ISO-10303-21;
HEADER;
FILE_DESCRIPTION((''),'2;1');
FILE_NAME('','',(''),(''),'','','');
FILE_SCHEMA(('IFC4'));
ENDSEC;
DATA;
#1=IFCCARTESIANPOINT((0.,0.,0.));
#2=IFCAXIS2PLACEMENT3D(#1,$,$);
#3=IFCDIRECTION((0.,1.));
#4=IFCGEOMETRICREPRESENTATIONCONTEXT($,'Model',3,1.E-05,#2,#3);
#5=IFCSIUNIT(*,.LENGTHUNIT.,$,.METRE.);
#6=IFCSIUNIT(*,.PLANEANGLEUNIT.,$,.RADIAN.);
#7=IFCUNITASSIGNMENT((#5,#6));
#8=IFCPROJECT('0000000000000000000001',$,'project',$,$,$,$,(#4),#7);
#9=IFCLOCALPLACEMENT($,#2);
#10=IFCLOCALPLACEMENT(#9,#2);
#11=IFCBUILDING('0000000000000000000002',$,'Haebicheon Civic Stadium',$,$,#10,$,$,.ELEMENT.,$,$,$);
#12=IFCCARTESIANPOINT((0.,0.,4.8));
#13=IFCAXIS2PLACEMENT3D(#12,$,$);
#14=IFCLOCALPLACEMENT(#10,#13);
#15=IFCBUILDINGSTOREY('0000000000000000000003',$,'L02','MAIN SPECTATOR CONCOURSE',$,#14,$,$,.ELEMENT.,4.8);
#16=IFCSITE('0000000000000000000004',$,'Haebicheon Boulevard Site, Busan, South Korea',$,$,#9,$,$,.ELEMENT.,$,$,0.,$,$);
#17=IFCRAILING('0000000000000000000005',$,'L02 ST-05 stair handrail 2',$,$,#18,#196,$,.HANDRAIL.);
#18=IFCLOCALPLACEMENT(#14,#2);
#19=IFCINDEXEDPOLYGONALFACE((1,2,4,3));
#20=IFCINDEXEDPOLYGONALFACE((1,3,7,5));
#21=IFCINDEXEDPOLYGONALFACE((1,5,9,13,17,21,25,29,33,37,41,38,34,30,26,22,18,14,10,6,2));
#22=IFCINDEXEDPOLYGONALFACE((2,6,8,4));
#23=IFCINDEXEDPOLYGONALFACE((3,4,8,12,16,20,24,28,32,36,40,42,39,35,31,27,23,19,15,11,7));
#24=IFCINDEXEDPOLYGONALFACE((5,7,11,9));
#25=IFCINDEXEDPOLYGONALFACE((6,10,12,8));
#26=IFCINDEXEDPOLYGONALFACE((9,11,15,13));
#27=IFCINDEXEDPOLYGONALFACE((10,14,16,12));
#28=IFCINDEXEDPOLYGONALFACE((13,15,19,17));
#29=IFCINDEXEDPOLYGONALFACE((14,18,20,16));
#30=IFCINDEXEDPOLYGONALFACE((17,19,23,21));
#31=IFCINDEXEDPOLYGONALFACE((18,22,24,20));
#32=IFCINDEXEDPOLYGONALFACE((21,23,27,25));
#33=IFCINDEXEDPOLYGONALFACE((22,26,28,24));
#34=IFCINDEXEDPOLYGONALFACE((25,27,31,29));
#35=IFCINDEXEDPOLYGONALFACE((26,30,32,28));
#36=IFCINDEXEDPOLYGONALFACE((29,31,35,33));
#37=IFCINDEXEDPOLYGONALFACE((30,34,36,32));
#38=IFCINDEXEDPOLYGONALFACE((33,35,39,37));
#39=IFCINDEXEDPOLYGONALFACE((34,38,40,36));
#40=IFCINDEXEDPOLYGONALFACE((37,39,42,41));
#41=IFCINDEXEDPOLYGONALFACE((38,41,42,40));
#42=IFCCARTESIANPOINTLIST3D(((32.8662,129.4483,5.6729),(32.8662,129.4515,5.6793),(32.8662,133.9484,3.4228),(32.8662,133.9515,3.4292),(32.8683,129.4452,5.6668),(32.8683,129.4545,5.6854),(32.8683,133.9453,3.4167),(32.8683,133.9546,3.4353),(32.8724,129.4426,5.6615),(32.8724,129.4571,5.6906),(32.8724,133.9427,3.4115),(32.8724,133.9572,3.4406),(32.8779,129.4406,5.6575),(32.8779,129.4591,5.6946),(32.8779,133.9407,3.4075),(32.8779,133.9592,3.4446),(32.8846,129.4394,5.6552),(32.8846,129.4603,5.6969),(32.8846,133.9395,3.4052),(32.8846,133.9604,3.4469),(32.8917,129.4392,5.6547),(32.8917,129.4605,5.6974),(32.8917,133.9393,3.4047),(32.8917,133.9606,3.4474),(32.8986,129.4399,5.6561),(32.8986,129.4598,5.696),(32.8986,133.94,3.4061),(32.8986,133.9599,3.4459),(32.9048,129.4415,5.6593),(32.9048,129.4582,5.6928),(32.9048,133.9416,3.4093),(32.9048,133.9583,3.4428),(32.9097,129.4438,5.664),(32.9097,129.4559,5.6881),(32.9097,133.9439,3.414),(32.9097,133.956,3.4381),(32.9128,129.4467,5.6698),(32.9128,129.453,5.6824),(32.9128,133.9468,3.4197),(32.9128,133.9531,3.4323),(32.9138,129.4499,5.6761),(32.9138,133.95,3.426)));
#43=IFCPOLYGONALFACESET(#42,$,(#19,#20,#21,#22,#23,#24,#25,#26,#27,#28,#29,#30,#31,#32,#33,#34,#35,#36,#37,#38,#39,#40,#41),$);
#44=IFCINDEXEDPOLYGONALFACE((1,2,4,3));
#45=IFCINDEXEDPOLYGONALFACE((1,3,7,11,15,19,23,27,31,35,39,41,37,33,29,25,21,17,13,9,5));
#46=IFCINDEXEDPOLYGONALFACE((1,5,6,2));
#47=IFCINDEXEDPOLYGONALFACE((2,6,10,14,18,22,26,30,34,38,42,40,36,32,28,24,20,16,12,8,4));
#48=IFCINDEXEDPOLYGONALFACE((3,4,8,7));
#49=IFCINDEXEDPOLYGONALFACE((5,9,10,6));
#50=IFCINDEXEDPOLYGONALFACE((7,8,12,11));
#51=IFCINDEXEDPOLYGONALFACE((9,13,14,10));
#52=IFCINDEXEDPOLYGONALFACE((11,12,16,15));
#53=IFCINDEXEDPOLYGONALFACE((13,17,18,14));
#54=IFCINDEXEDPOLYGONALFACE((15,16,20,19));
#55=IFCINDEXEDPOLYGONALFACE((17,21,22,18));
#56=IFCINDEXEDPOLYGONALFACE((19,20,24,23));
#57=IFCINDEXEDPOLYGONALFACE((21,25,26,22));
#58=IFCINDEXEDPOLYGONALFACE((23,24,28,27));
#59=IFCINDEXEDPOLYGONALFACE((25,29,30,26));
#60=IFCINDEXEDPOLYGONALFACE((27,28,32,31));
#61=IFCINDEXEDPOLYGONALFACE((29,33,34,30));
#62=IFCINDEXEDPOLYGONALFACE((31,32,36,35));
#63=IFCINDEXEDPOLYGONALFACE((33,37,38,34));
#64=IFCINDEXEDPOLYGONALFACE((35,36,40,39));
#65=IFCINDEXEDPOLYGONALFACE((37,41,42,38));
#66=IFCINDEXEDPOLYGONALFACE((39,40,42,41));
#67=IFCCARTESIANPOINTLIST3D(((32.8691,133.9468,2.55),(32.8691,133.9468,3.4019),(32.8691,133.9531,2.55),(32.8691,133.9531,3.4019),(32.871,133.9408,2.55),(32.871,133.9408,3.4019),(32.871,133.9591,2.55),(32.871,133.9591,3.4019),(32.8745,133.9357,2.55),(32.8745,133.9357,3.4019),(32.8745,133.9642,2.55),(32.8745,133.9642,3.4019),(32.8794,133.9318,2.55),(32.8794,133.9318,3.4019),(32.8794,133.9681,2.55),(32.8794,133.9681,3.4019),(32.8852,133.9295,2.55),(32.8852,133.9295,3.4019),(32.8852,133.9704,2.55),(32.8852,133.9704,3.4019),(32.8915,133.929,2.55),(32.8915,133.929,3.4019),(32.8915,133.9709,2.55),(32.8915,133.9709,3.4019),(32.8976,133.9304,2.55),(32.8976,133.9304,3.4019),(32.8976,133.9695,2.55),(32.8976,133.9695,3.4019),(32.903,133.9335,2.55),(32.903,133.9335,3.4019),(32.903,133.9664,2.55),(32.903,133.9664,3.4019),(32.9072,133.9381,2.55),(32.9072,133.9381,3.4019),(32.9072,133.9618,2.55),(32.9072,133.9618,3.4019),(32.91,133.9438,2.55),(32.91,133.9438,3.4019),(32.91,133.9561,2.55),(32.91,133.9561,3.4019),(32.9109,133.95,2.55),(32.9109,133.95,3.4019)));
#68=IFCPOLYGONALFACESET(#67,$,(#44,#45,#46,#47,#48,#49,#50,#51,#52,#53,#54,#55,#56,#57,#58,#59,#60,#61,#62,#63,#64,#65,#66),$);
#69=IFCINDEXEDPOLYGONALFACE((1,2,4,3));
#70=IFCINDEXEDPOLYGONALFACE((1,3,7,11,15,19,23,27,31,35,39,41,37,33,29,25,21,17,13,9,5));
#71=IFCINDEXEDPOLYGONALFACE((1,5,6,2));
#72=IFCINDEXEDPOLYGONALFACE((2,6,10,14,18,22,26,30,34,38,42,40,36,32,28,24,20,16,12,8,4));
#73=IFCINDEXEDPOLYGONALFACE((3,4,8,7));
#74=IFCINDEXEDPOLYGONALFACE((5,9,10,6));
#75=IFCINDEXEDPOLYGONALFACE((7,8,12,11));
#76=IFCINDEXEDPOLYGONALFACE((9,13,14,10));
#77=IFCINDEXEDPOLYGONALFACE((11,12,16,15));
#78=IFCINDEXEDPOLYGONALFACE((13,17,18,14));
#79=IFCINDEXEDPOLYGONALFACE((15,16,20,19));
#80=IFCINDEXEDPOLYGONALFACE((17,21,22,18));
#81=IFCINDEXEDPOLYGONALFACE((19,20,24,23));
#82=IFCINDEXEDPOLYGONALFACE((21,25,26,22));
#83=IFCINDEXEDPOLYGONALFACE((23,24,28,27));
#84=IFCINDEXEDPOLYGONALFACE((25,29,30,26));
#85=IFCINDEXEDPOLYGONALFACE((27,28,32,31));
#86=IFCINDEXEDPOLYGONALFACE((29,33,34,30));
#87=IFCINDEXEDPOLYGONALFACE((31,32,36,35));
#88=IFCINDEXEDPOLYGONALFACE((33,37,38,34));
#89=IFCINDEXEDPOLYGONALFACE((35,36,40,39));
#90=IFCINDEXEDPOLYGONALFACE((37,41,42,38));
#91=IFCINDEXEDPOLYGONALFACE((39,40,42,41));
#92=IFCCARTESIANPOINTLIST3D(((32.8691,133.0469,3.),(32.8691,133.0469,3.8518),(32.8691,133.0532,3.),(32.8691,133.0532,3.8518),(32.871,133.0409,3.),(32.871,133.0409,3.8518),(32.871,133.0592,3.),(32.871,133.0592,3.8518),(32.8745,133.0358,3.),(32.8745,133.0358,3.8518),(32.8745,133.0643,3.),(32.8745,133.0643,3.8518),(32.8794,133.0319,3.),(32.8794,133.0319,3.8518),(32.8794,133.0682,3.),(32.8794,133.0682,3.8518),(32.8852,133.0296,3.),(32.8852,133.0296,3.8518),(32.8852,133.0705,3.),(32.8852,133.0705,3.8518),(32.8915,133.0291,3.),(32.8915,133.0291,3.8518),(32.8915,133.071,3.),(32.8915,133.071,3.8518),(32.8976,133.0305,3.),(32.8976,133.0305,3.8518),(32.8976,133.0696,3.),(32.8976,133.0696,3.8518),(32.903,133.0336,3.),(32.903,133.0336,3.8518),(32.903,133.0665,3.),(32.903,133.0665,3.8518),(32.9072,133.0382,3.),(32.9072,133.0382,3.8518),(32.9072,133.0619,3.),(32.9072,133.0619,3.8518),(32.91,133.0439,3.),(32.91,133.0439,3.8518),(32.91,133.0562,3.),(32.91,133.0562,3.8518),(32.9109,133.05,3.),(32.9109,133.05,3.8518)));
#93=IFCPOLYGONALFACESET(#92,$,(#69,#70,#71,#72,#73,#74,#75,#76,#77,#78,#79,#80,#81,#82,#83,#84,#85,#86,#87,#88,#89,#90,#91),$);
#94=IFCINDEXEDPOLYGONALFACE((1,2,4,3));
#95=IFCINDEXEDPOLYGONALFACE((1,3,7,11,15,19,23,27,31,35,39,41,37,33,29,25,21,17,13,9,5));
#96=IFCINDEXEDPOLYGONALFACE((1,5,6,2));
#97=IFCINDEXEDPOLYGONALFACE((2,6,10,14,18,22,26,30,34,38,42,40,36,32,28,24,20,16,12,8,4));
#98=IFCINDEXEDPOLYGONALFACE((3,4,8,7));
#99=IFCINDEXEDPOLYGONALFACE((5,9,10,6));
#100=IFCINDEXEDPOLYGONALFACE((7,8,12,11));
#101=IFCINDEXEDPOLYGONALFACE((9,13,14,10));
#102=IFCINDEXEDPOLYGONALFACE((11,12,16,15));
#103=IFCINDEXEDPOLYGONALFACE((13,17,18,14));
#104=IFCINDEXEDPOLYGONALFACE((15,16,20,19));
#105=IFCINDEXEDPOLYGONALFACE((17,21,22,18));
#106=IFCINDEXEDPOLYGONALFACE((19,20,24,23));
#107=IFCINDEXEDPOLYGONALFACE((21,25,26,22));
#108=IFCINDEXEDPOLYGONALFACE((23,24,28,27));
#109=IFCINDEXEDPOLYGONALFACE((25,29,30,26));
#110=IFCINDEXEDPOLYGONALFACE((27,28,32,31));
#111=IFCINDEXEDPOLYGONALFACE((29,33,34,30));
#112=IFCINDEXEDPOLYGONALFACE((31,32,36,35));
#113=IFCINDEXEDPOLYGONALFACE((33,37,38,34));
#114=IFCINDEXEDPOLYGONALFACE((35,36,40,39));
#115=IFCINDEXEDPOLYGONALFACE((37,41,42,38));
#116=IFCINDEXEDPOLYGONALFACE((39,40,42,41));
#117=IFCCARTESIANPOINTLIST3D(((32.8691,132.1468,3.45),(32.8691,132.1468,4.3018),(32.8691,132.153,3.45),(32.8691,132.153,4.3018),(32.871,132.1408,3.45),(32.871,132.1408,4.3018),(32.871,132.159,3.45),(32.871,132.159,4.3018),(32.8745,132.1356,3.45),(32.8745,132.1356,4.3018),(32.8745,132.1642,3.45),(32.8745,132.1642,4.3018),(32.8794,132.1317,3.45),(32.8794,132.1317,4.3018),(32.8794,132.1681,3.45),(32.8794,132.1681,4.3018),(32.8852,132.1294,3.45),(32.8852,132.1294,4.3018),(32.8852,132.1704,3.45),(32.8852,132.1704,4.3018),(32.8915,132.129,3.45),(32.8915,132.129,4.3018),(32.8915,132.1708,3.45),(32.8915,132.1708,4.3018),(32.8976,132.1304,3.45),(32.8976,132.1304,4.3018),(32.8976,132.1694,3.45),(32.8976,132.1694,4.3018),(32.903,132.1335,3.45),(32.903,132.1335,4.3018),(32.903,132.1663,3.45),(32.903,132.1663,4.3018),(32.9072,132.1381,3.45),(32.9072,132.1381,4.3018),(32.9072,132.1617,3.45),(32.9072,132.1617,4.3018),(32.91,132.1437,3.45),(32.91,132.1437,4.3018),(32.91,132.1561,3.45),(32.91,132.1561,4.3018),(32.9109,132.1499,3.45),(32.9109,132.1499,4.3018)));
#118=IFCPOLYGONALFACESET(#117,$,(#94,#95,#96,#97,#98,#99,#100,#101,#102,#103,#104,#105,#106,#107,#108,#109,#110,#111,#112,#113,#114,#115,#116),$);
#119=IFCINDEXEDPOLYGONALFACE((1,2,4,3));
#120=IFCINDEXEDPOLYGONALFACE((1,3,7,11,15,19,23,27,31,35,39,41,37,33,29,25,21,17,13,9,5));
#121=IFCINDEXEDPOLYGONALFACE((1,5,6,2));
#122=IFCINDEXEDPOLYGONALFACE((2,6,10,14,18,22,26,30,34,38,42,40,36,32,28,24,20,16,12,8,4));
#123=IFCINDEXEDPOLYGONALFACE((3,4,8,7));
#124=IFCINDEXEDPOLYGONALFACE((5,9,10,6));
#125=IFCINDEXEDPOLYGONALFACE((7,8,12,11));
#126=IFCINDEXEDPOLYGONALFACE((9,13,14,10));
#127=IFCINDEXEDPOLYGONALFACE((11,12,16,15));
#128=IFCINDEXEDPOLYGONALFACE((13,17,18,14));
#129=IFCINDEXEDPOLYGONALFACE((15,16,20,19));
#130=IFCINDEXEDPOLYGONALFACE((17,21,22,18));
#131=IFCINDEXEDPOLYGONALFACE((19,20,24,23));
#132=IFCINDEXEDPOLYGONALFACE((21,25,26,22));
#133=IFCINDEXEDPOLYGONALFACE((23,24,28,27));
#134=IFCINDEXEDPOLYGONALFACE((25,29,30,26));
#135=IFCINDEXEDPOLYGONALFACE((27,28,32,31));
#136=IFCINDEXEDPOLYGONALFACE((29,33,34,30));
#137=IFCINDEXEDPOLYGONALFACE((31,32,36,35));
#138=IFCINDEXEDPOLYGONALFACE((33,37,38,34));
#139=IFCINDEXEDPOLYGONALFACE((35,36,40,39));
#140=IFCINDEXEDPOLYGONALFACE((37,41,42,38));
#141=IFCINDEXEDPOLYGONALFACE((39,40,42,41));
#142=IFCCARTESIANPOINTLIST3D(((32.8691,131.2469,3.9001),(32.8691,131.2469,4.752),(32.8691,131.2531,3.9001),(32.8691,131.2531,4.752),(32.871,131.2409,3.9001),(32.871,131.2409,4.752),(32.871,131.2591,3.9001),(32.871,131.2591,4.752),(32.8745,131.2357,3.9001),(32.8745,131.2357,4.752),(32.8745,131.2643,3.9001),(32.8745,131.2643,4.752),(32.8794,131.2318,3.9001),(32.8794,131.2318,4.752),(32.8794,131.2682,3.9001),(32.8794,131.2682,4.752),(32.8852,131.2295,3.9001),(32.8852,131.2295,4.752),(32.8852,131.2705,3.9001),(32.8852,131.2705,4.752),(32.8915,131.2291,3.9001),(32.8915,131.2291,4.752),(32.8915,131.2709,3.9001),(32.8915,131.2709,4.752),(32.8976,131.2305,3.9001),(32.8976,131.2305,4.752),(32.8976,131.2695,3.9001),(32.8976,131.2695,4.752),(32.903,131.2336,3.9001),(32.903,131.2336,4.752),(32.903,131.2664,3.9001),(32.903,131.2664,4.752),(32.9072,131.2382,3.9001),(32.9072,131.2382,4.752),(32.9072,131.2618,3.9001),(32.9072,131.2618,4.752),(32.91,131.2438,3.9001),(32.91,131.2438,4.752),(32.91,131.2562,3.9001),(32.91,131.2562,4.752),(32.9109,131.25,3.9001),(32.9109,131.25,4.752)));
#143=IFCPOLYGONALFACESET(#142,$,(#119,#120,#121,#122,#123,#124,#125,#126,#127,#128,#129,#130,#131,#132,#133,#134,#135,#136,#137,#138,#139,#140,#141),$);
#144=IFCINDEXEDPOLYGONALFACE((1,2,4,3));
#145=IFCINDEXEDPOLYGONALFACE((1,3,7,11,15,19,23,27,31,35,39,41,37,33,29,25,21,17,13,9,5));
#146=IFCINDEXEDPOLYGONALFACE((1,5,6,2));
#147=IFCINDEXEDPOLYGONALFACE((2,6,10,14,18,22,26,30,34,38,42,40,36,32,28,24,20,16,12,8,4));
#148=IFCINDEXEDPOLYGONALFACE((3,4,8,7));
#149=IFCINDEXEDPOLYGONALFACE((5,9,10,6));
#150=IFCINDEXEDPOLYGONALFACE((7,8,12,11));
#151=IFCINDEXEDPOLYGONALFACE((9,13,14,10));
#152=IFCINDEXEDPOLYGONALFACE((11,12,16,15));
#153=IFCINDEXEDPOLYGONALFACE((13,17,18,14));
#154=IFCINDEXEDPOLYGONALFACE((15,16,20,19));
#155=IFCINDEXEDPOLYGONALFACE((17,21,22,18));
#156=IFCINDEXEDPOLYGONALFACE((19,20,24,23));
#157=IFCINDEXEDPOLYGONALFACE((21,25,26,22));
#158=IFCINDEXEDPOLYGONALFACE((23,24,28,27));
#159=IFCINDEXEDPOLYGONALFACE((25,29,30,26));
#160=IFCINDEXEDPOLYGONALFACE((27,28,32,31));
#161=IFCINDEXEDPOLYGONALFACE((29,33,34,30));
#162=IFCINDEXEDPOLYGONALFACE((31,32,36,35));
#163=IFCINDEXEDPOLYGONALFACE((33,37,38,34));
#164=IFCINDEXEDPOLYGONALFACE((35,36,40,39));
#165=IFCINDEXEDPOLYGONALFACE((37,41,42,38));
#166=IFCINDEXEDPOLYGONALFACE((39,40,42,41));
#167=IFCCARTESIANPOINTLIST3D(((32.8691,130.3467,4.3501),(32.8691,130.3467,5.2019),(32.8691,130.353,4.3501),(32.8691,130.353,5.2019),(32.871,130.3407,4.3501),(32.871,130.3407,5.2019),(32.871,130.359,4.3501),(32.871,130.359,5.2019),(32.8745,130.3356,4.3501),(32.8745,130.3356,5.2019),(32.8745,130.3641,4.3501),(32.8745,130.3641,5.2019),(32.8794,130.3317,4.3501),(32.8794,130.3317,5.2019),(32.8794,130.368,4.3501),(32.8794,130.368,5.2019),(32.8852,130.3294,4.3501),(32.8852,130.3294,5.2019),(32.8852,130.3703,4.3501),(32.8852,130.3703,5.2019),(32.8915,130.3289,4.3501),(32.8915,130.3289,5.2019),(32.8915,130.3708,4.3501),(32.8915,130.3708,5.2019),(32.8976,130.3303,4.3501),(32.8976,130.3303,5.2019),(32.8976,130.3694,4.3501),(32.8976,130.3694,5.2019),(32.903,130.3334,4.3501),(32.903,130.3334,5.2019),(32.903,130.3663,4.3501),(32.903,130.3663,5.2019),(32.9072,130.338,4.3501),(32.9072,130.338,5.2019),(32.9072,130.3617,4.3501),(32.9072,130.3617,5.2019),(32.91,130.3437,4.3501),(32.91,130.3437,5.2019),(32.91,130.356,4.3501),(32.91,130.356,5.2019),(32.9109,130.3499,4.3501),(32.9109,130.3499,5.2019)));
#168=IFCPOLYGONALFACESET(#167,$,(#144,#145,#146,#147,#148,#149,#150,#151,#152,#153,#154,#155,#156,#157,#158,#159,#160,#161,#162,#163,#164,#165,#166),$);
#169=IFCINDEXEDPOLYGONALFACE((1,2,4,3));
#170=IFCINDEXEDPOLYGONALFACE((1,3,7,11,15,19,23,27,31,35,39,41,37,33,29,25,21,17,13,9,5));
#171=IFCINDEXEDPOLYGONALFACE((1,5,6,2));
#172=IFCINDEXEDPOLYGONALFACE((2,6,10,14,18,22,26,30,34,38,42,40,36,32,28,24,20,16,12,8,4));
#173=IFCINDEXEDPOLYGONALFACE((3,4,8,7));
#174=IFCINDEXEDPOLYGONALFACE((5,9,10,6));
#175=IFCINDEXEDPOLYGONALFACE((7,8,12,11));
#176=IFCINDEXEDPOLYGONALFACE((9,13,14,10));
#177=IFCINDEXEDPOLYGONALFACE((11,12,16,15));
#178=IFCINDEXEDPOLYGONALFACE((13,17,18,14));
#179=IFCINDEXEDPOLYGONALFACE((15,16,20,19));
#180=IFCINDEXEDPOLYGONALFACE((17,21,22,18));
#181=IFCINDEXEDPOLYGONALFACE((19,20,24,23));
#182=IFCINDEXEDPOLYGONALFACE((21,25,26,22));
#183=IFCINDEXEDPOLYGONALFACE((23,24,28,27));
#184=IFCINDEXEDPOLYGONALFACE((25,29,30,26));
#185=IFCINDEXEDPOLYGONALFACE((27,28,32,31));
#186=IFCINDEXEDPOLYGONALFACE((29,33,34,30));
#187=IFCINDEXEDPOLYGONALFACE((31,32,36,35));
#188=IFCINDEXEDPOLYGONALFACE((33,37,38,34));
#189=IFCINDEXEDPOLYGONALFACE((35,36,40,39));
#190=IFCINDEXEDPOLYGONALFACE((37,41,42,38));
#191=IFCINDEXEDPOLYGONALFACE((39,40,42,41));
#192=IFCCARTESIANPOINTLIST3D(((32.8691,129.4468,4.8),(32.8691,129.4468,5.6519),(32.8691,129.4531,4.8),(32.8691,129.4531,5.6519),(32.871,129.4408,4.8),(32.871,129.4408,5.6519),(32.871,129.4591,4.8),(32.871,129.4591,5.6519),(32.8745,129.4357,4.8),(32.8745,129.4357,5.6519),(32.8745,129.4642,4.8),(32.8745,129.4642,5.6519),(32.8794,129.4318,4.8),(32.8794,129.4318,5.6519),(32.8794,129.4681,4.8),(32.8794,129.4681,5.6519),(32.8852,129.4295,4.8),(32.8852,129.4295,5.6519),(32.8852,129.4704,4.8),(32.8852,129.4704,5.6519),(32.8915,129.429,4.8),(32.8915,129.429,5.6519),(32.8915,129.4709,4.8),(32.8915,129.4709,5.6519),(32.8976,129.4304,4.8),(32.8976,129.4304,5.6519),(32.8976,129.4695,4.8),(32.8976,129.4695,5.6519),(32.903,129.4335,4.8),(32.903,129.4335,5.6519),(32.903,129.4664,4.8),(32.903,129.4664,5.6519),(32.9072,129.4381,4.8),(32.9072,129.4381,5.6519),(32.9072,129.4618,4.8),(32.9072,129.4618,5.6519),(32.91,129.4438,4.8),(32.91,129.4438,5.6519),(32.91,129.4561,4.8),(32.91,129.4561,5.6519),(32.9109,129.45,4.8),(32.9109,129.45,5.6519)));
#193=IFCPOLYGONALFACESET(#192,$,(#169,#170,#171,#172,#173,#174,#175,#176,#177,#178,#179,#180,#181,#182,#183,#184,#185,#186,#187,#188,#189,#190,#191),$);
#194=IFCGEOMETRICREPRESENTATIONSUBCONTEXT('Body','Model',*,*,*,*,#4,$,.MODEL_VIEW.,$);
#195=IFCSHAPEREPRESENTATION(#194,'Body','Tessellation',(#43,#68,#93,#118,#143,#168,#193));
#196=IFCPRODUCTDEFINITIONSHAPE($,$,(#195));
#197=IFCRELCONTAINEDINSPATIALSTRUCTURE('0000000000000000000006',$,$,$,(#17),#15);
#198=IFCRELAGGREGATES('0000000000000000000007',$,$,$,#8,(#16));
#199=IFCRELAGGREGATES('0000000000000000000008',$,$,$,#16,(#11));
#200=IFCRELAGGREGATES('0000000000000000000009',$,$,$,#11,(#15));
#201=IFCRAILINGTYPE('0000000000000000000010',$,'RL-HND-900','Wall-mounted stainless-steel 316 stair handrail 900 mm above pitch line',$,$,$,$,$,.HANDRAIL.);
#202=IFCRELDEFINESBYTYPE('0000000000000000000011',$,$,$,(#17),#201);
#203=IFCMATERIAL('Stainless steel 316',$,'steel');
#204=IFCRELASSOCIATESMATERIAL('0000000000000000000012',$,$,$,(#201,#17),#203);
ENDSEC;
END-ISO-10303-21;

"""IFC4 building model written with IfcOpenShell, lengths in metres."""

from ifc_helpers import new_model, si_unit, direction, frame, origin, origin_2d, place, context, subcontext, project, spatial, circle, extrude, material, type_object, element, save


model = new_model("IFC4")

# Units and contexts
model_context = context("Model", 3, precision=1e-05, world=origin(), true_north=direction((0.0, 1.0)))
body_context = subcontext(model_context, "Body", "Model", "MODEL_VIEW")
ifc_project = project(units=[si_unit("LENGTHUNIT", "METRE"), si_unit("PLANEANGLEUNIT", "RADIAN")], contexts=[model_context])

# Site, building, storey
site_placement = place(None, origin())
site = spatial("IfcSite", under=ifc_project, at=site_placement, Name="Haebicheon Boulevard Site, Busan, South Korea", CompositionType="ELEMENT", RefElevation=0.0)
building_placement = place(site_placement, origin())
building = spatial("IfcBuilding", under=site, at=building_placement, Name="Haebicheon Civic Stadium", CompositionType="ELEMENT")
storey_placement = place(building_placement, frame((0.0, 0.0, 4.8)))
storey = spatial("IfcBuildingStorey", under=building, at=storey_placement, Name="L02", Description="MAIN SPECTATOR CONCOURSE", CompositionType="ELEMENT", Elevation=4.8)

# Railing
ifc_material_1 = material(Name="Stainless steel 316", Category="steel")
railing_type_1 = type_object("IfcRailingType", Name="RL-HND-900", Description="Wall-mounted stainless-steel 316 stair handrail 900 mm above pitch line", PredefinedType="HANDRAIL", material=ifc_material_1)
railing_1_placement = place(storey_placement, frame((32.8899, 133.95, 2.55)))
element("IfcRailing", 1, at=railing_1_placement, inside=storey, type_object=railing_type_1, material=ifc_material_1, Name="L02 ST-05 stair handrail 2", PredefinedType="HANDRAIL", context=body_context, shape_type="SweptSolid", body=[
    extrude(circle(Radius=0.0239, at=origin_2d()), frame((0.0, 0.0, 0.876), z_axis=(0.0, -0.894427, 0.447214), x_axis=(1.0, 0.0, 0.0)), (0.0, 0.0, 1.0), 5.0312),
    extrude(circle(Radius=0.021, at=origin_2d()), origin(), (0.0, 0.0, 1.0), 0.8518),
    extrude(circle(Radius=0.021, at=origin_2d()), frame((0.0, -0.8999, 0.45)), (0.0, 0.0, 1.0), 0.8518),
    extrude(circle(Radius=0.021, at=origin_2d()), frame((0.0, -1.8, 0.8999)), (0.0, 0.0, 1.0), 0.8518),
    extrude(circle(Radius=0.021, at=origin_2d()), frame((0.0, -2.7, 1.3501)), (0.0, 0.0, 1.0), 0.8518),
    extrude(circle(Radius=0.021, at=origin_2d()), frame((0.0, -3.6001, 1.8)), (0.0, 0.0, 1.0), 0.8518),
    extrude(circle(Radius=0.021, at=origin_2d()), frame((0.0, -4.5, 2.25)), (0.0, 0.0, 1.0), 0.8518),
])

save(model, "model.ifc")
